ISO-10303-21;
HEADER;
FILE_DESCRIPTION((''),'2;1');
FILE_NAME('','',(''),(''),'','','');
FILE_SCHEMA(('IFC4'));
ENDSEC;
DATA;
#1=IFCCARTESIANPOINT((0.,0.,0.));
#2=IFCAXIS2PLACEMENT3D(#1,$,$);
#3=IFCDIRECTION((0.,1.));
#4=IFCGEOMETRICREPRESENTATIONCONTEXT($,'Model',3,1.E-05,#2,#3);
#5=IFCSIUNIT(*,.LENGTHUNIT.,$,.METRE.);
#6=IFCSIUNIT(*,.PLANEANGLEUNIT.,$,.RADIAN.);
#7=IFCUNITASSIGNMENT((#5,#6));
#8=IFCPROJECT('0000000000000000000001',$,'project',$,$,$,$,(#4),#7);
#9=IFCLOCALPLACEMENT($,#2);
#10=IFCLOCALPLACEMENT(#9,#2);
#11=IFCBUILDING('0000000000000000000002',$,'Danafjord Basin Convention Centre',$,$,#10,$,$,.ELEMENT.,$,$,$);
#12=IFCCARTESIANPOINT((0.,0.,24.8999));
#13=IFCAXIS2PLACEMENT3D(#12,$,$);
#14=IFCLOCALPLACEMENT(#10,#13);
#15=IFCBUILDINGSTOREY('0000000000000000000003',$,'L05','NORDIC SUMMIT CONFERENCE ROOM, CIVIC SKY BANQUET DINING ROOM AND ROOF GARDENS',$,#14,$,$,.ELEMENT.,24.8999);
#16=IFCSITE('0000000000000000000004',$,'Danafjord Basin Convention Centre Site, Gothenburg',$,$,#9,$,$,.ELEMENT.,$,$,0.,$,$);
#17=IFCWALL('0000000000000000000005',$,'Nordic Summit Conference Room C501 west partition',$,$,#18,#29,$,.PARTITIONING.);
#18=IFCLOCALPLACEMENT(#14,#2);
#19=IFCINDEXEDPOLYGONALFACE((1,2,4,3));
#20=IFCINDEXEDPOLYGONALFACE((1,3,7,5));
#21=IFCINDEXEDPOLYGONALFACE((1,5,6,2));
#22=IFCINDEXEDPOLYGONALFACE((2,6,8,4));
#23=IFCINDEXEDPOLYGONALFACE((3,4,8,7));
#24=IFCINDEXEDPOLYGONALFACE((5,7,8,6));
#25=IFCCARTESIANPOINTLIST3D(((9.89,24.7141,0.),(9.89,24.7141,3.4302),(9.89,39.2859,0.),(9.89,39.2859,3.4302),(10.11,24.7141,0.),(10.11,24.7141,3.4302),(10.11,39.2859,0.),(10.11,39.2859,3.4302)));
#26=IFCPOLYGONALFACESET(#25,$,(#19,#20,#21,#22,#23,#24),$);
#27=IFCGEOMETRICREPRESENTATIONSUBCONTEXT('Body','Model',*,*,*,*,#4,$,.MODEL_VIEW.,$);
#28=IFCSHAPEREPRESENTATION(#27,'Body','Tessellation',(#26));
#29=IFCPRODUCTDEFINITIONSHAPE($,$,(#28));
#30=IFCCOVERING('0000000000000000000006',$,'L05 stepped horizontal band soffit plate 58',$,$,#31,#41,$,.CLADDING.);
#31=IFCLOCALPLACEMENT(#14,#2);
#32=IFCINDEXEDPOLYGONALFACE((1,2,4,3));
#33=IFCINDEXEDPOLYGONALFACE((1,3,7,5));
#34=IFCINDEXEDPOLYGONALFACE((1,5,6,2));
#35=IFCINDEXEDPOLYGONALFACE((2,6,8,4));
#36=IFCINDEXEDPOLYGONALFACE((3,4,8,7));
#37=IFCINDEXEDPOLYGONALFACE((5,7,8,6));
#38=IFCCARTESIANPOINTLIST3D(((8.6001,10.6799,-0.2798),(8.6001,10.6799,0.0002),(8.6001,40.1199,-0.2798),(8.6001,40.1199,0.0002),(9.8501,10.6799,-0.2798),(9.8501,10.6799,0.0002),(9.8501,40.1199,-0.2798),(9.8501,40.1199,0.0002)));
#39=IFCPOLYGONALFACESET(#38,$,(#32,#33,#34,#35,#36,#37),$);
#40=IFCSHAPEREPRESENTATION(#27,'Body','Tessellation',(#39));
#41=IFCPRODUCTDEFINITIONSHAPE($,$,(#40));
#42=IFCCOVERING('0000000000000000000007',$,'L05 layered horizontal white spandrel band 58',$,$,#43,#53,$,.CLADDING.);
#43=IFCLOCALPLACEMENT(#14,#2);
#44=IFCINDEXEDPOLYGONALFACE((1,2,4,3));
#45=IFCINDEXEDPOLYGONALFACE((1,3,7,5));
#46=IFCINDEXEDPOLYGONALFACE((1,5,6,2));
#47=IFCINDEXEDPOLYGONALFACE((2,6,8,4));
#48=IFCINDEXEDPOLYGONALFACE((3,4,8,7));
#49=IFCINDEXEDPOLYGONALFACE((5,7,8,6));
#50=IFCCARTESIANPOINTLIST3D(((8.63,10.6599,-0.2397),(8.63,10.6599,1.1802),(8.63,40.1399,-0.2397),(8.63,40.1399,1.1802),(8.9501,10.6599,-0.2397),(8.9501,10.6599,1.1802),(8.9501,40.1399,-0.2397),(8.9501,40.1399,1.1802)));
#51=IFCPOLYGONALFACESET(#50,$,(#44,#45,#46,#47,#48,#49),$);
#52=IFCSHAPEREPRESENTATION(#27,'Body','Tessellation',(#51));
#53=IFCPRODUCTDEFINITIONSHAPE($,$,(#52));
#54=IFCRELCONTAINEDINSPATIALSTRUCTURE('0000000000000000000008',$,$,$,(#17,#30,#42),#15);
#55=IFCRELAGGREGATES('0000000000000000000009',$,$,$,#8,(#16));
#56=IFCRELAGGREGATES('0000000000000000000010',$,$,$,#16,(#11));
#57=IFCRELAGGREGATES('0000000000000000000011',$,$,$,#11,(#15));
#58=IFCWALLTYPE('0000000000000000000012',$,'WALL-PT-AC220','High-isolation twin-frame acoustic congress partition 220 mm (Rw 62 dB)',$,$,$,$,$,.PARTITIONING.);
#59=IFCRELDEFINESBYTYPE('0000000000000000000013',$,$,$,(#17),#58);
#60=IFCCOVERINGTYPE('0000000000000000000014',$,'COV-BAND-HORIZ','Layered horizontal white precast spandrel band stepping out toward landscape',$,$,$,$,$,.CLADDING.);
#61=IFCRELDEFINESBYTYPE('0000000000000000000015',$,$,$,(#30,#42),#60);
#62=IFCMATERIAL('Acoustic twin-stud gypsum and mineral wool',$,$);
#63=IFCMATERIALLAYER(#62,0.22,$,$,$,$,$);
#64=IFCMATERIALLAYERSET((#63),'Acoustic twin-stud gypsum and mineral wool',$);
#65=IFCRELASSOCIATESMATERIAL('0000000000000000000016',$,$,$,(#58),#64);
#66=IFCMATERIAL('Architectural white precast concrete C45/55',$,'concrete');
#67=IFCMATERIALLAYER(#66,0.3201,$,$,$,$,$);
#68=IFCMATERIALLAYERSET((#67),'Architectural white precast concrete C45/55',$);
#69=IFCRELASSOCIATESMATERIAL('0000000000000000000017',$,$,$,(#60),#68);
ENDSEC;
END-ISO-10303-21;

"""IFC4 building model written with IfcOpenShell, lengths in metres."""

from ifc_helpers import new_model, si_unit, direction, frame, frame_2d, origin, origin_2d, place, context, subcontext, project, spatial, rectangle, extrude, material, layer, layer_set, type_object, element, save


model = new_model("IFC4")

# Units and contexts
model_context = context("Model", 3, precision=1e-05, world=origin(), true_north=direction((0.0, 1.0)))
body_context = subcontext(model_context, "Body", "Model", "MODEL_VIEW")
ifc_project = project(units=[si_unit("LENGTHUNIT", "METRE"), si_unit("PLANEANGLEUNIT", "RADIAN")], contexts=[model_context])

# Site, building, storey
site_placement = place(None, origin())
site = spatial("IfcSite", under=ifc_project, at=site_placement, Name="Danafjord Basin Convention Centre Site, Gothenburg", CompositionType="ELEMENT", RefElevation=0.0)
building_placement = place(site_placement, origin())
building = spatial("IfcBuilding", under=site, at=building_placement, Name="Danafjord Basin Convention Centre", CompositionType="ELEMENT")
storey_placement = place(building_placement, frame((0.0, 0.0, 24.8999)))
storey = spatial("IfcBuildingStorey", under=building, at=storey_placement, Name="L05", Description="NORDIC SUMMIT CONFERENCE ROOM, CIVIC SKY BANQUET DINING ROOM AND ROOF GARDENS", CompositionType="ELEMENT", Elevation=24.8999)

# Shared definitions
ifc_material_1 = material(Name="Acoustic twin-stud gypsum and mineral wool")
ifc_layer_1 = layer(ifc_material_1, 0.22)
ifc_layer_set_1 = layer_set([ifc_layer_1], Name="Acoustic twin-stud gypsum and mineral wool")
wall_type_1 = type_object("IfcWallType", Name="WALL-PT-AC220", Description="High-isolation twin-frame acoustic congress partition 220 mm (Rw 62 dB)", PredefinedType="PARTITIONING", material=ifc_layer_set_1)

# Wall
wall_1_placement = place(storey_placement, frame((10.0, 39.2859, 0.0), z_axis=(0.0, 0.0, 1.0), x_axis=(0.0, -1.0, 0.0)))
element("IfcWall", 1, at=wall_1_placement, inside=storey, type_object=wall_type_1, Name="Nordic Summit Conference Room C501 west partition", PredefinedType="PARTITIONING", context=body_context, shape_type="SweptSolid", body=[
    extrude(rectangle(XDim=14.5718, YDim=0.22, at=frame_2d((7.2859, 0.0))), origin(), (0.0, 0.0, 1.0), 3.4302),
])

# Coverings
ifc_material_2 = material(Name="Architectural white precast concrete C45/55", Category="concrete")
ifc_layer_2 = layer(ifc_material_2, 0.3201)
ifc_layer_set_2 = layer_set([ifc_layer_2], Name="Architectural white precast concrete C45/55")
covering_type = type_object("IfcCoveringType", Name="COV-BAND-HORIZ", Description="Layered horizontal white precast spandrel band stepping out toward landscape", PredefinedType="CLADDING", material=ifc_layer_set_2)
covering_1_placement = place(storey_placement, frame((9.2251, 25.3999, -0.2798), z_axis=(0.0, 0.0, 1.0), x_axis=(0.0, -1.0, 0.0)))
element("IfcCovering", 2, at=covering_1_placement, inside=storey, type_object=covering_type, Name="L05 stepped horizontal band soffit plate 58", PredefinedType="CLADDING", context=body_context, shape_type="SweptSolid", body=[
    extrude(rectangle(XDim=29.4399, YDim=1.25, at=origin_2d()), origin(), (0.0, 0.0, 1.0), 0.28),
])
covering_2_placement = place(storey_placement, frame((8.79, 25.3999, -0.2397), z_axis=(0.0, 0.0, 1.0), x_axis=(0.0, -1.0, 0.0)))
element("IfcCovering", 3, at=covering_2_placement, inside=storey, type_object=covering_type, Name="L05 layered horizontal white spandrel band 58", PredefinedType="CLADDING", context=body_context, shape_type="SweptSolid", body=[
    extrude(rectangle(XDim=29.48, YDim=0.3201, at=origin_2d()), origin(), (0.0, 0.0, 1.0), 1.4199),
])

save(model, "model.ifc")
